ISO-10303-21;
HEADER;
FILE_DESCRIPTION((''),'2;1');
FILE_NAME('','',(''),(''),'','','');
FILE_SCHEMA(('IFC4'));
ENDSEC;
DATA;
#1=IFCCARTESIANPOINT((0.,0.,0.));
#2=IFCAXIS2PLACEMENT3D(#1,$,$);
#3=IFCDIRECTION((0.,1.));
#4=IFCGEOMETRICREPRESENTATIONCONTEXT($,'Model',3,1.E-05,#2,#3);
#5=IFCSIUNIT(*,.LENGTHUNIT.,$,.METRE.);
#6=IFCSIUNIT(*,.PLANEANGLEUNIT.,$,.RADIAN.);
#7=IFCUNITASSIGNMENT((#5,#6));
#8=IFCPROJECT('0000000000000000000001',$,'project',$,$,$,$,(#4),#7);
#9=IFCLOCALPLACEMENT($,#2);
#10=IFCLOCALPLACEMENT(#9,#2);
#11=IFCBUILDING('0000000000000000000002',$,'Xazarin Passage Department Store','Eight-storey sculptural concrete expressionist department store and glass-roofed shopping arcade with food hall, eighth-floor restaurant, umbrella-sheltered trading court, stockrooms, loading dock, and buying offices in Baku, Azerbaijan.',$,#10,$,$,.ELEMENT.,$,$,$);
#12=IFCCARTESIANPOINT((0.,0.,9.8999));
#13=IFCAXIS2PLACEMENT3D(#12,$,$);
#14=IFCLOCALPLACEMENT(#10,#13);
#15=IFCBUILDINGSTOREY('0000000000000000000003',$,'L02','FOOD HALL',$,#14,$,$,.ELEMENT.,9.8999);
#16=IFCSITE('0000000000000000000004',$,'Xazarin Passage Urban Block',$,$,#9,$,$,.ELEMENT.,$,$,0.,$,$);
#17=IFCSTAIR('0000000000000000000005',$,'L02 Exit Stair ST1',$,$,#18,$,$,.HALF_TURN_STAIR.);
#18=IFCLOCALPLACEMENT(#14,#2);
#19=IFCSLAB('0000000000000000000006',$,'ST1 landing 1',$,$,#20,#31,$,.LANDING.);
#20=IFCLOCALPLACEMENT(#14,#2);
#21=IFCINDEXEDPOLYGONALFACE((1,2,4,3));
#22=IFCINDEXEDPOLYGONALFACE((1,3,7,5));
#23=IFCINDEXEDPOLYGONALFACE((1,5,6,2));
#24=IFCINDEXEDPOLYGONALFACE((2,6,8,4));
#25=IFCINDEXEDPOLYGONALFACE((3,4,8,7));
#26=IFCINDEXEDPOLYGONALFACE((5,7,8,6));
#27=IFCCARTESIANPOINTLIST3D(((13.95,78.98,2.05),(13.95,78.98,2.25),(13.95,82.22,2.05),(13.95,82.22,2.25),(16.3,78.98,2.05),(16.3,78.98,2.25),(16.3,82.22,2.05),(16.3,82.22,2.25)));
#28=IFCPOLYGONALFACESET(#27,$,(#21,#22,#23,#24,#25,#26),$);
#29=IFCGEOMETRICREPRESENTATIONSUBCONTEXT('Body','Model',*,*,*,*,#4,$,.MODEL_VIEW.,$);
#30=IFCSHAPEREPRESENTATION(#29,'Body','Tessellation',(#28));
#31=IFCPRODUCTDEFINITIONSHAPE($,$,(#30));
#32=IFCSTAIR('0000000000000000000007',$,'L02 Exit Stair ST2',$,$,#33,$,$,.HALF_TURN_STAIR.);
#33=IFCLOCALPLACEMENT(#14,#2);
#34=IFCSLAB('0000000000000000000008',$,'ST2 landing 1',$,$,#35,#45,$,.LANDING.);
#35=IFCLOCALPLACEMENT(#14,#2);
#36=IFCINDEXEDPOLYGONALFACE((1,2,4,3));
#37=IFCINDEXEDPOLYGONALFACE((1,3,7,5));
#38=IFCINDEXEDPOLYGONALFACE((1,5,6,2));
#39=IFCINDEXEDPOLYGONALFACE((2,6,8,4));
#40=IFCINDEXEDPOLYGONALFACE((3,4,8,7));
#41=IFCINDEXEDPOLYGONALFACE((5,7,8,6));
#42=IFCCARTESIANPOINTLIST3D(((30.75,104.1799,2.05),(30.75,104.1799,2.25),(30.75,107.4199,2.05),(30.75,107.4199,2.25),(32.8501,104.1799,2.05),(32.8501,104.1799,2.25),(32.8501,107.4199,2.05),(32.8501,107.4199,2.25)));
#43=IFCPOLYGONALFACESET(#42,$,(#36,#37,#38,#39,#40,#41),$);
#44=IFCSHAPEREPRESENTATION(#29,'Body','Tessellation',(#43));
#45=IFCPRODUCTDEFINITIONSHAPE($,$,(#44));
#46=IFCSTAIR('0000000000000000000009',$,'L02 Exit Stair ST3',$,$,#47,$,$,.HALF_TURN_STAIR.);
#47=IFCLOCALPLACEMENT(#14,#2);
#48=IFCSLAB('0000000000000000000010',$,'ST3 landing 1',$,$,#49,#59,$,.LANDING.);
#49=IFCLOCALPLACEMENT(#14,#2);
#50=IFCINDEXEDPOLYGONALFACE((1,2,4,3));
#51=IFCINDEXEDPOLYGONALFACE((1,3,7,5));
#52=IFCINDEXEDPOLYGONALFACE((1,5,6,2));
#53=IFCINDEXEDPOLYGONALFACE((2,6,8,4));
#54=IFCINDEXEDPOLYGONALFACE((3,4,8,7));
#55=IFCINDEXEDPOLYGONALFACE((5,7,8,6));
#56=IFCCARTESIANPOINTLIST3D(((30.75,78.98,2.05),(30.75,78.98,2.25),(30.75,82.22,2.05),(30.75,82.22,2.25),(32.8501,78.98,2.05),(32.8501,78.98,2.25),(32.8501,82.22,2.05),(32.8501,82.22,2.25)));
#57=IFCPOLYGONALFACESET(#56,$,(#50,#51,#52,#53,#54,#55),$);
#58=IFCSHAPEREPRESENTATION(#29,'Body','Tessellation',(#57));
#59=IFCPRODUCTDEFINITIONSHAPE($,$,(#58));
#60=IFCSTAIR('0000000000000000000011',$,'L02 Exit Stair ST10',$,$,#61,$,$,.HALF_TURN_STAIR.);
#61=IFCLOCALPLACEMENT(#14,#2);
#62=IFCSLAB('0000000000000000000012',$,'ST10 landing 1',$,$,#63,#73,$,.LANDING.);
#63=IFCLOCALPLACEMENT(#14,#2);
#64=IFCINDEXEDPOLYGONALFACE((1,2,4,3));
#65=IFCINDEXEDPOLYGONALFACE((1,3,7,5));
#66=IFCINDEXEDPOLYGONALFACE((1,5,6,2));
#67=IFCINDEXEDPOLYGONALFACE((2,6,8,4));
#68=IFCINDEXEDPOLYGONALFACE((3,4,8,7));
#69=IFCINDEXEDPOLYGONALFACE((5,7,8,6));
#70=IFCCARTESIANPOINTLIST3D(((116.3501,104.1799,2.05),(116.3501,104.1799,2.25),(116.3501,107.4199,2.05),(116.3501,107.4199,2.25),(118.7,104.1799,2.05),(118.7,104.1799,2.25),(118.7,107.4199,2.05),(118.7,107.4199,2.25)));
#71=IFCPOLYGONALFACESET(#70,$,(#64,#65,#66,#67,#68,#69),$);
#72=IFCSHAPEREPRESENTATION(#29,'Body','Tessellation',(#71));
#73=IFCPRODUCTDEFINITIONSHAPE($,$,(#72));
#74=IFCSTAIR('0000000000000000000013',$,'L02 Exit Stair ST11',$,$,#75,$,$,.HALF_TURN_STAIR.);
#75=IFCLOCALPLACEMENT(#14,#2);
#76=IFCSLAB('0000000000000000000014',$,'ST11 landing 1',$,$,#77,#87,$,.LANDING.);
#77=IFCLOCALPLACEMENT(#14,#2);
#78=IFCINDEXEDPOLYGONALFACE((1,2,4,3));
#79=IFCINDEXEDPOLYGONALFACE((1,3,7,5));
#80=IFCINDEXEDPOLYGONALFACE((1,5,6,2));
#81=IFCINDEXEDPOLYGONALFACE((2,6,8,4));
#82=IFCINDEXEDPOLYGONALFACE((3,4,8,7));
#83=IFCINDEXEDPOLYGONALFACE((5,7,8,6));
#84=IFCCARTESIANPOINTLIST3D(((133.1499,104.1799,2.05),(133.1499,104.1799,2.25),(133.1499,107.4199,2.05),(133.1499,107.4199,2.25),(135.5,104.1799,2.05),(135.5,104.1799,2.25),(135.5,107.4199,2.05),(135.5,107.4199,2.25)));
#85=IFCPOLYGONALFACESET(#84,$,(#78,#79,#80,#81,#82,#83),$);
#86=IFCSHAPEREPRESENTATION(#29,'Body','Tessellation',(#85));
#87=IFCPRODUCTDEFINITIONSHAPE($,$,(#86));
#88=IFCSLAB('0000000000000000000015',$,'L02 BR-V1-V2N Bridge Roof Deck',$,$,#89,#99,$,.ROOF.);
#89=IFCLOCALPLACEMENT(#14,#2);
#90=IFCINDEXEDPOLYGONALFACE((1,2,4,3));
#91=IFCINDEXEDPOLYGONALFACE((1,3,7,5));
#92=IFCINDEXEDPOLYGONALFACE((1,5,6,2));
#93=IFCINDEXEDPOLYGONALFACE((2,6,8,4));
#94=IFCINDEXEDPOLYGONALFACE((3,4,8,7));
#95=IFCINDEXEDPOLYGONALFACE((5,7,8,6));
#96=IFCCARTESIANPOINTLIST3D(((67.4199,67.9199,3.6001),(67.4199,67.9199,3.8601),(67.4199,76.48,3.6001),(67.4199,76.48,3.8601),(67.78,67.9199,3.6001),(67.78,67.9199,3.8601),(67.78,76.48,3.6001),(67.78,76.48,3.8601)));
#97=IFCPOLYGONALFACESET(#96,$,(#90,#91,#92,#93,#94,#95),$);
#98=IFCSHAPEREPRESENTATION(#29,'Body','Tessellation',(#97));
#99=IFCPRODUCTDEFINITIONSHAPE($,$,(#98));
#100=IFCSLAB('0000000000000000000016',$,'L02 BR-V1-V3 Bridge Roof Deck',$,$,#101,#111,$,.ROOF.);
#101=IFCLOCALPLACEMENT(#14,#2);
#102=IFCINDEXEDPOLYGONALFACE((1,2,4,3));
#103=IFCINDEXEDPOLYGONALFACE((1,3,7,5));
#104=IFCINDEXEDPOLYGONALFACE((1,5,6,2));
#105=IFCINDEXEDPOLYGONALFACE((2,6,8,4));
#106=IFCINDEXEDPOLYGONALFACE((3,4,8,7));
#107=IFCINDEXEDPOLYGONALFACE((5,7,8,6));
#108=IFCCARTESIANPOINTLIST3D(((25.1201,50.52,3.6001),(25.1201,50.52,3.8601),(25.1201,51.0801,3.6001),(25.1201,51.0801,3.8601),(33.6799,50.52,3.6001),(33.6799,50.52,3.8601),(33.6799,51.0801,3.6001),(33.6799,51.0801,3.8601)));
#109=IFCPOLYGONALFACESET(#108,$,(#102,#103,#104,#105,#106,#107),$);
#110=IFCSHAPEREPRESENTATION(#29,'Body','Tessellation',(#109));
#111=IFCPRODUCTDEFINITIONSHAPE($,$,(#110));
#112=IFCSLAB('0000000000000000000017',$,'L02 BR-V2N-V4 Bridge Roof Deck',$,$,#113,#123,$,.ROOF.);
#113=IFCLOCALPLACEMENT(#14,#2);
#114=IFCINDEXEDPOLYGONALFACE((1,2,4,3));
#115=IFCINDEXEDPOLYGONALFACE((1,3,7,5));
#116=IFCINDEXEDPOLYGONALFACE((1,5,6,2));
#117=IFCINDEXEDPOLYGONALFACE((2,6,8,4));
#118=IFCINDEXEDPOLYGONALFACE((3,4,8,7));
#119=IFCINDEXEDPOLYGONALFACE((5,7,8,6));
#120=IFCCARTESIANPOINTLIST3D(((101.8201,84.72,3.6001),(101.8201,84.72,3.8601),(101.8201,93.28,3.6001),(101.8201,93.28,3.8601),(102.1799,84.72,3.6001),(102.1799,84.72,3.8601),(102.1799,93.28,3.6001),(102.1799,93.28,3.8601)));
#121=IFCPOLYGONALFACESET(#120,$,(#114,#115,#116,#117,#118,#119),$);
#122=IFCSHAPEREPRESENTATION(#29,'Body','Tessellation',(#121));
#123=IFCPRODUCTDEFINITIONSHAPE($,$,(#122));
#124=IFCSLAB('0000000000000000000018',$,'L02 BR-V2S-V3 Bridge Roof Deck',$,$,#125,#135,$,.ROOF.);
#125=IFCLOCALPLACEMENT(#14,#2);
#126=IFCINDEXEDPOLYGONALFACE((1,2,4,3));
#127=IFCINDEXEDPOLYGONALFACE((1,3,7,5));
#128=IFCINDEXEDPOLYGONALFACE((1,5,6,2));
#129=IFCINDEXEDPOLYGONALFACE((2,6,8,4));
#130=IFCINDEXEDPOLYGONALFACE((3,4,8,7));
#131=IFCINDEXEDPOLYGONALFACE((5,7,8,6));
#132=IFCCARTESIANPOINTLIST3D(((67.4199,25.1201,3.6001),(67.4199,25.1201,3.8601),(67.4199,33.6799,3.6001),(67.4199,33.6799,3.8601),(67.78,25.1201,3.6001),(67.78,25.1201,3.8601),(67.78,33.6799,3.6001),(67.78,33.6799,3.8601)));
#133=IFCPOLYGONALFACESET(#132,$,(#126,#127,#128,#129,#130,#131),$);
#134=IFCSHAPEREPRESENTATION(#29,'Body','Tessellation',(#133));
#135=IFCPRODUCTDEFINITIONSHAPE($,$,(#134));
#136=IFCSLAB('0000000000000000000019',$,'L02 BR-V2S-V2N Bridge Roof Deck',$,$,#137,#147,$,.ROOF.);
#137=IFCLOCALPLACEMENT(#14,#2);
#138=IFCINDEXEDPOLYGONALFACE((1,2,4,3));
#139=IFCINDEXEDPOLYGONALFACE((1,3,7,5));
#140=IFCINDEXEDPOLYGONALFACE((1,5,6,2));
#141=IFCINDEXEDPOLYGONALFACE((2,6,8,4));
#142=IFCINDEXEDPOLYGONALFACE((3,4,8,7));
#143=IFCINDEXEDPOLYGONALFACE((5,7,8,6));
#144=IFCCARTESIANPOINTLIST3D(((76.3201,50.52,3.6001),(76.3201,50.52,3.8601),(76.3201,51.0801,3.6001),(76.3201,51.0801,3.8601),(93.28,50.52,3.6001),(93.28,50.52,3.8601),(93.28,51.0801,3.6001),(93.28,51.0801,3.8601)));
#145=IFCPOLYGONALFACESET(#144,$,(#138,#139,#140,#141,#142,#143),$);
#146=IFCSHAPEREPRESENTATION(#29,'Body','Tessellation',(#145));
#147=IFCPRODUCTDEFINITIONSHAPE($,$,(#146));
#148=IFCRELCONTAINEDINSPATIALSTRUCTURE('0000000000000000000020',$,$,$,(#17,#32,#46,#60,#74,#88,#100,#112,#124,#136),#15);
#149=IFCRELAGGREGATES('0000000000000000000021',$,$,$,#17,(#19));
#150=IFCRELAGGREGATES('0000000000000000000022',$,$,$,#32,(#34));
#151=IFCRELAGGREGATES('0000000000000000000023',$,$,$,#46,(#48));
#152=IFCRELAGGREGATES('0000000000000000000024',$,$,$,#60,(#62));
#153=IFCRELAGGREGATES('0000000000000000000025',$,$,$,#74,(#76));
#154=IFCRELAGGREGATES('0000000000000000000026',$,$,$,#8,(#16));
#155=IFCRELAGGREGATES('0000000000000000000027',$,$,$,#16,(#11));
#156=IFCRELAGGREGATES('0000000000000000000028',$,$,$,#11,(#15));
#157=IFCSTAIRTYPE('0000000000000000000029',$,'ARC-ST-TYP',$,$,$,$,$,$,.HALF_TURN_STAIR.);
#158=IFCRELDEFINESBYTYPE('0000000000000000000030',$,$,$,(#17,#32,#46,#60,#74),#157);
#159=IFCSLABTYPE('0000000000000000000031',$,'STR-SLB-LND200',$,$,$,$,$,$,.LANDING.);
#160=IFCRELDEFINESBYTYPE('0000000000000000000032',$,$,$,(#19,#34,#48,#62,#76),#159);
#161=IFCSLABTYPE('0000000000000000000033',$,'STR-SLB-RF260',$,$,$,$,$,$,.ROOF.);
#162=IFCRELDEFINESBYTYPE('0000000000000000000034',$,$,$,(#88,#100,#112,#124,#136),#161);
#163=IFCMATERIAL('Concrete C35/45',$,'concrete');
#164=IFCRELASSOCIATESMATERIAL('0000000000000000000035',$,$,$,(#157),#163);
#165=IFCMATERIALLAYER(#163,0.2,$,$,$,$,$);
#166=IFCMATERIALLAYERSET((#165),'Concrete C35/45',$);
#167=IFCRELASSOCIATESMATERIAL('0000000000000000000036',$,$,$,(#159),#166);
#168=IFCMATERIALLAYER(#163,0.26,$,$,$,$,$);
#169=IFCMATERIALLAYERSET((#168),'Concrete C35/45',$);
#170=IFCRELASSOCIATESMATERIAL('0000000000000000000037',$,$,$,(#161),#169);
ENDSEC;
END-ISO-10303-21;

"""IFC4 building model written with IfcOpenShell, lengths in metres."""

from ifc_helpers import new_model, si_unit, direction, frame, origin, place, context, subcontext, project, spatial, polyline, outline, extrude, material, layer, layer_set, type_object, element, aggregate, save


model = new_model("IFC4")

# Units and contexts
model_context = context("Model", 3, precision=1e-05, world=origin(), true_north=direction((0.0, 1.0)))
body_context = subcontext(model_context, "Body", "Model", "MODEL_VIEW")
ifc_project = project(units=[si_unit("LENGTHUNIT", "METRE"), si_unit("PLANEANGLEUNIT", "RADIAN")], contexts=[model_context])

# Site, building, storey
site_placement = place(None, origin())
site = spatial("IfcSite", under=ifc_project, at=site_placement, Name="Xazarin Passage Urban Block", CompositionType="ELEMENT", RefElevation=0.0)
building_placement = place(site_placement, origin())
building = spatial("IfcBuilding", under=site, at=building_placement, Name="Xazarin Passage Department Store", Description="Eight-storey sculptural concrete expressionist department store and glass-roofed shopping arcade with food hall, eighth-floor restaurant, umbrella-sheltered trading court, stockrooms, loading dock, and buying offices in Baku, Azerbaijan.", CompositionType="ELEMENT")
storey_placement = place(building_placement, frame((0.0, 0.0, 9.8999)))
storey = spatial("IfcBuildingStorey", under=building, at=storey_placement, Name="L02", Description="FOOD HALL", CompositionType="ELEMENT", Elevation=9.8999)

# Stairs, slabs
ifc_material_1 = material(Name="Concrete C35/45", Category="concrete")
stair_type = type_object("IfcStairType", Name="ARC-ST-TYP", PredefinedType="HALF_TURN_STAIR", material=ifc_material_1)
stair_1_placement = place(storey_placement, origin())
stair_1 = element("IfcStair", 1, at=stair_1_placement, inside=storey, type_object=stair_type, Name="L02 Exit Stair ST1", PredefinedType="HALF_TURN_STAIR")
ifc_layer_1 = layer(ifc_material_1, 0.2)
ifc_layer_set_1 = layer_set([ifc_layer_1], Name="Concrete C35/45")
slab_type_1 = type_object("IfcSlabType", Name="STR-SLB-LND200", PredefinedType="LANDING", material=ifc_layer_set_1)
slab_1_placement = place(storey_placement, frame((0.0, 0.0, 2.05)))
slab_1 = element("IfcSlab", 2, at=slab_1_placement, type_object=slab_type_1, Name="ST1 landing 1", PredefinedType="LANDING", context=body_context, shape_type="SweptSolid", body=[
    extrude(outline(polyline([(13.95, 78.98), (16.3, 78.98), (16.3, 82.22), (13.95, 82.22), (13.95, 78.98)])), origin(), (0.0, 0.0, 1.0), 0.2),
])
aggregate(stair_1, [slab_1])
stair_2_placement = place(storey_placement, origin())
stair_2 = element("IfcStair", 3, at=stair_2_placement, inside=storey, type_object=stair_type, Name="L02 Exit Stair ST2", PredefinedType="HALF_TURN_STAIR")
slab_2_placement = place(storey_placement, frame((0.0, 0.0, 2.05)))
slab_2 = element("IfcSlab", 4, at=slab_2_placement, type_object=slab_type_1, Name="ST2 landing 1", PredefinedType="LANDING", context=body_context, shape_type="SweptSolid", body=[
    extrude(outline(polyline([(30.75, 104.1799), (32.8501, 104.1799), (32.8501, 107.4199), (30.75, 107.4199), (30.75, 104.1799)])), origin(), (0.0, 0.0, 1.0), 0.2),
])
aggregate(stair_2, [slab_2])
stair_3_placement = place(storey_placement, origin())
stair_3 = element("IfcStair", 5, at=stair_3_placement, inside=storey, type_object=stair_type, Name="L02 Exit Stair ST3", PredefinedType="HALF_TURN_STAIR")
slab_3_placement = place(storey_placement, frame((0.0, 0.0, 2.05)))
slab_3 = element("IfcSlab", 6, at=slab_3_placement, type_object=slab_type_1, Name="ST3 landing 1", PredefinedType="LANDING", context=body_context, shape_type="SweptSolid", body=[
    extrude(outline(polyline([(30.75, 78.98), (32.8501, 78.98), (32.8501, 82.22), (30.75, 82.22), (30.75, 78.98)])), origin(), (0.0, 0.0, 1.0), 0.2),
])
aggregate(stair_3, [slab_3])
stair_4_placement = place(storey_placement, origin())
stair_4 = element("IfcStair", 7, at=stair_4_placement, inside=storey, type_object=stair_type, Name="L02 Exit Stair ST10", PredefinedType="HALF_TURN_STAIR")
slab_4_placement = place(storey_placement, frame((0.0, 0.0, 2.05)))
slab_4 = element("IfcSlab", 8, at=slab_4_placement, type_object=slab_type_1, Name="ST10 landing 1", PredefinedType="LANDING", context=body_context, shape_type="SweptSolid", body=[
    extrude(outline(polyline([(116.3501, 104.1799), (118.7, 104.1799), (118.7, 107.4199), (116.3501, 107.4199), (116.3501, 104.1799)])), origin(), (0.0, 0.0, 1.0), 0.2),
])
aggregate(stair_4, [slab_4])
stair_5_placement = place(storey_placement, origin())
stair_5 = element("IfcStair", 9, at=stair_5_placement, inside=storey, type_object=stair_type, Name="L02 Exit Stair ST11", PredefinedType="HALF_TURN_STAIR")
slab_5_placement = place(storey_placement, frame((0.0, 0.0, 2.05)))
slab_5 = element("IfcSlab", 10, at=slab_5_placement, type_object=slab_type_1, Name="ST11 landing 1", PredefinedType="LANDING", context=body_context, shape_type="SweptSolid", body=[
    extrude(outline(polyline([(133.1499, 104.1799), (135.5, 104.1799), (135.5, 107.4199), (133.1499, 107.4199), (133.1499, 104.1799)])), origin(), (0.0, 0.0, 1.0), 0.2),
])
aggregate(stair_5, [slab_5])

# Slabs
ifc_layer_2 = layer(ifc_material_1, 0.26)
ifc_layer_set_2 = layer_set([ifc_layer_2], Name="Concrete C35/45")
slab_type_2 = type_object("IfcSlabType", Name="STR-SLB-RF260", PredefinedType="ROOF", material=ifc_layer_set_2)
slab_6_placement = place(storey_placement, frame((0.0, 0.0, 3.6001)))
element("IfcSlab", 11, at=slab_6_placement, inside=storey, type_object=slab_type_2, Name="L02 BR-V1-V2N Bridge Roof Deck", PredefinedType="ROOF", context=body_context, shape_type="SweptSolid", body=[
    extrude(outline(polyline([(67.4199, 67.9199), (67.78, 67.9199), (67.78, 76.48), (67.4199, 76.48), (67.4199, 67.9199)])), origin(), (0.0, 0.0, 1.0), 0.26),
])
slab_7_placement = place(storey_placement, frame((0.0, 0.0, 3.6001)))
element("IfcSlab", 12, at=slab_7_placement, inside=storey, type_object=slab_type_2, Name="L02 BR-V1-V3 Bridge Roof Deck", PredefinedType="ROOF", context=body_context, shape_type="SweptSolid", body=[
    extrude(outline(polyline([(25.1201, 50.52), (33.6799, 50.52), (33.6799, 51.0801), (25.1201, 51.0801), (25.1201, 50.52)])), origin(), (0.0, 0.0, 1.0), 0.26),
])
slab_8_placement = place(storey_placement, frame((0.0, 0.0, 3.6001)))
element("IfcSlab", 13, at=slab_8_placement, inside=storey, type_object=slab_type_2, Name="L02 BR-V2N-V4 Bridge Roof Deck", PredefinedType="ROOF", context=body_context, shape_type="SweptSolid", body=[
    extrude(outline(polyline([(101.8201, 84.72), (102.1799, 84.72), (102.1799, 93.28), (101.8201, 93.28), (101.8201, 84.72)])), origin(), (0.0, 0.0, 1.0), 0.26),
])
slab_9_placement = place(storey_placement, frame((0.0, 0.0, 3.6001)))
element("IfcSlab", 14, at=slab_9_placement, inside=storey, type_object=slab_type_2, Name="L02 BR-V2S-V3 Bridge Roof Deck", PredefinedType="ROOF", context=body_context, shape_type="SweptSolid", body=[
    extrude(outline(polyline([(67.4199, 25.1201), (67.78, 25.1201), (67.78, 33.6799), (67.4199, 33.6799), (67.4199, 25.1201)])), origin(), (0.0, 0.0, 1.0), 0.26),
])
slab_10_placement = place(storey_placement, frame((0.0, 0.0, 3.6001)))
element("IfcSlab", 15, at=slab_10_placement, inside=storey, type_object=slab_type_2, Name="L02 BR-V2S-V2N Bridge Roof Deck", PredefinedType="ROOF", context=body_context, shape_type="SweptSolid", body=[
    extrude(outline(polyline([(76.3201, 50.52), (93.28, 50.52), (93.28, 51.0801), (76.3201, 51.0801), (76.3201, 50.52)])), origin(), (0.0, 0.0, 1.0), 0.26),
])

save(model, "model.ifc")
